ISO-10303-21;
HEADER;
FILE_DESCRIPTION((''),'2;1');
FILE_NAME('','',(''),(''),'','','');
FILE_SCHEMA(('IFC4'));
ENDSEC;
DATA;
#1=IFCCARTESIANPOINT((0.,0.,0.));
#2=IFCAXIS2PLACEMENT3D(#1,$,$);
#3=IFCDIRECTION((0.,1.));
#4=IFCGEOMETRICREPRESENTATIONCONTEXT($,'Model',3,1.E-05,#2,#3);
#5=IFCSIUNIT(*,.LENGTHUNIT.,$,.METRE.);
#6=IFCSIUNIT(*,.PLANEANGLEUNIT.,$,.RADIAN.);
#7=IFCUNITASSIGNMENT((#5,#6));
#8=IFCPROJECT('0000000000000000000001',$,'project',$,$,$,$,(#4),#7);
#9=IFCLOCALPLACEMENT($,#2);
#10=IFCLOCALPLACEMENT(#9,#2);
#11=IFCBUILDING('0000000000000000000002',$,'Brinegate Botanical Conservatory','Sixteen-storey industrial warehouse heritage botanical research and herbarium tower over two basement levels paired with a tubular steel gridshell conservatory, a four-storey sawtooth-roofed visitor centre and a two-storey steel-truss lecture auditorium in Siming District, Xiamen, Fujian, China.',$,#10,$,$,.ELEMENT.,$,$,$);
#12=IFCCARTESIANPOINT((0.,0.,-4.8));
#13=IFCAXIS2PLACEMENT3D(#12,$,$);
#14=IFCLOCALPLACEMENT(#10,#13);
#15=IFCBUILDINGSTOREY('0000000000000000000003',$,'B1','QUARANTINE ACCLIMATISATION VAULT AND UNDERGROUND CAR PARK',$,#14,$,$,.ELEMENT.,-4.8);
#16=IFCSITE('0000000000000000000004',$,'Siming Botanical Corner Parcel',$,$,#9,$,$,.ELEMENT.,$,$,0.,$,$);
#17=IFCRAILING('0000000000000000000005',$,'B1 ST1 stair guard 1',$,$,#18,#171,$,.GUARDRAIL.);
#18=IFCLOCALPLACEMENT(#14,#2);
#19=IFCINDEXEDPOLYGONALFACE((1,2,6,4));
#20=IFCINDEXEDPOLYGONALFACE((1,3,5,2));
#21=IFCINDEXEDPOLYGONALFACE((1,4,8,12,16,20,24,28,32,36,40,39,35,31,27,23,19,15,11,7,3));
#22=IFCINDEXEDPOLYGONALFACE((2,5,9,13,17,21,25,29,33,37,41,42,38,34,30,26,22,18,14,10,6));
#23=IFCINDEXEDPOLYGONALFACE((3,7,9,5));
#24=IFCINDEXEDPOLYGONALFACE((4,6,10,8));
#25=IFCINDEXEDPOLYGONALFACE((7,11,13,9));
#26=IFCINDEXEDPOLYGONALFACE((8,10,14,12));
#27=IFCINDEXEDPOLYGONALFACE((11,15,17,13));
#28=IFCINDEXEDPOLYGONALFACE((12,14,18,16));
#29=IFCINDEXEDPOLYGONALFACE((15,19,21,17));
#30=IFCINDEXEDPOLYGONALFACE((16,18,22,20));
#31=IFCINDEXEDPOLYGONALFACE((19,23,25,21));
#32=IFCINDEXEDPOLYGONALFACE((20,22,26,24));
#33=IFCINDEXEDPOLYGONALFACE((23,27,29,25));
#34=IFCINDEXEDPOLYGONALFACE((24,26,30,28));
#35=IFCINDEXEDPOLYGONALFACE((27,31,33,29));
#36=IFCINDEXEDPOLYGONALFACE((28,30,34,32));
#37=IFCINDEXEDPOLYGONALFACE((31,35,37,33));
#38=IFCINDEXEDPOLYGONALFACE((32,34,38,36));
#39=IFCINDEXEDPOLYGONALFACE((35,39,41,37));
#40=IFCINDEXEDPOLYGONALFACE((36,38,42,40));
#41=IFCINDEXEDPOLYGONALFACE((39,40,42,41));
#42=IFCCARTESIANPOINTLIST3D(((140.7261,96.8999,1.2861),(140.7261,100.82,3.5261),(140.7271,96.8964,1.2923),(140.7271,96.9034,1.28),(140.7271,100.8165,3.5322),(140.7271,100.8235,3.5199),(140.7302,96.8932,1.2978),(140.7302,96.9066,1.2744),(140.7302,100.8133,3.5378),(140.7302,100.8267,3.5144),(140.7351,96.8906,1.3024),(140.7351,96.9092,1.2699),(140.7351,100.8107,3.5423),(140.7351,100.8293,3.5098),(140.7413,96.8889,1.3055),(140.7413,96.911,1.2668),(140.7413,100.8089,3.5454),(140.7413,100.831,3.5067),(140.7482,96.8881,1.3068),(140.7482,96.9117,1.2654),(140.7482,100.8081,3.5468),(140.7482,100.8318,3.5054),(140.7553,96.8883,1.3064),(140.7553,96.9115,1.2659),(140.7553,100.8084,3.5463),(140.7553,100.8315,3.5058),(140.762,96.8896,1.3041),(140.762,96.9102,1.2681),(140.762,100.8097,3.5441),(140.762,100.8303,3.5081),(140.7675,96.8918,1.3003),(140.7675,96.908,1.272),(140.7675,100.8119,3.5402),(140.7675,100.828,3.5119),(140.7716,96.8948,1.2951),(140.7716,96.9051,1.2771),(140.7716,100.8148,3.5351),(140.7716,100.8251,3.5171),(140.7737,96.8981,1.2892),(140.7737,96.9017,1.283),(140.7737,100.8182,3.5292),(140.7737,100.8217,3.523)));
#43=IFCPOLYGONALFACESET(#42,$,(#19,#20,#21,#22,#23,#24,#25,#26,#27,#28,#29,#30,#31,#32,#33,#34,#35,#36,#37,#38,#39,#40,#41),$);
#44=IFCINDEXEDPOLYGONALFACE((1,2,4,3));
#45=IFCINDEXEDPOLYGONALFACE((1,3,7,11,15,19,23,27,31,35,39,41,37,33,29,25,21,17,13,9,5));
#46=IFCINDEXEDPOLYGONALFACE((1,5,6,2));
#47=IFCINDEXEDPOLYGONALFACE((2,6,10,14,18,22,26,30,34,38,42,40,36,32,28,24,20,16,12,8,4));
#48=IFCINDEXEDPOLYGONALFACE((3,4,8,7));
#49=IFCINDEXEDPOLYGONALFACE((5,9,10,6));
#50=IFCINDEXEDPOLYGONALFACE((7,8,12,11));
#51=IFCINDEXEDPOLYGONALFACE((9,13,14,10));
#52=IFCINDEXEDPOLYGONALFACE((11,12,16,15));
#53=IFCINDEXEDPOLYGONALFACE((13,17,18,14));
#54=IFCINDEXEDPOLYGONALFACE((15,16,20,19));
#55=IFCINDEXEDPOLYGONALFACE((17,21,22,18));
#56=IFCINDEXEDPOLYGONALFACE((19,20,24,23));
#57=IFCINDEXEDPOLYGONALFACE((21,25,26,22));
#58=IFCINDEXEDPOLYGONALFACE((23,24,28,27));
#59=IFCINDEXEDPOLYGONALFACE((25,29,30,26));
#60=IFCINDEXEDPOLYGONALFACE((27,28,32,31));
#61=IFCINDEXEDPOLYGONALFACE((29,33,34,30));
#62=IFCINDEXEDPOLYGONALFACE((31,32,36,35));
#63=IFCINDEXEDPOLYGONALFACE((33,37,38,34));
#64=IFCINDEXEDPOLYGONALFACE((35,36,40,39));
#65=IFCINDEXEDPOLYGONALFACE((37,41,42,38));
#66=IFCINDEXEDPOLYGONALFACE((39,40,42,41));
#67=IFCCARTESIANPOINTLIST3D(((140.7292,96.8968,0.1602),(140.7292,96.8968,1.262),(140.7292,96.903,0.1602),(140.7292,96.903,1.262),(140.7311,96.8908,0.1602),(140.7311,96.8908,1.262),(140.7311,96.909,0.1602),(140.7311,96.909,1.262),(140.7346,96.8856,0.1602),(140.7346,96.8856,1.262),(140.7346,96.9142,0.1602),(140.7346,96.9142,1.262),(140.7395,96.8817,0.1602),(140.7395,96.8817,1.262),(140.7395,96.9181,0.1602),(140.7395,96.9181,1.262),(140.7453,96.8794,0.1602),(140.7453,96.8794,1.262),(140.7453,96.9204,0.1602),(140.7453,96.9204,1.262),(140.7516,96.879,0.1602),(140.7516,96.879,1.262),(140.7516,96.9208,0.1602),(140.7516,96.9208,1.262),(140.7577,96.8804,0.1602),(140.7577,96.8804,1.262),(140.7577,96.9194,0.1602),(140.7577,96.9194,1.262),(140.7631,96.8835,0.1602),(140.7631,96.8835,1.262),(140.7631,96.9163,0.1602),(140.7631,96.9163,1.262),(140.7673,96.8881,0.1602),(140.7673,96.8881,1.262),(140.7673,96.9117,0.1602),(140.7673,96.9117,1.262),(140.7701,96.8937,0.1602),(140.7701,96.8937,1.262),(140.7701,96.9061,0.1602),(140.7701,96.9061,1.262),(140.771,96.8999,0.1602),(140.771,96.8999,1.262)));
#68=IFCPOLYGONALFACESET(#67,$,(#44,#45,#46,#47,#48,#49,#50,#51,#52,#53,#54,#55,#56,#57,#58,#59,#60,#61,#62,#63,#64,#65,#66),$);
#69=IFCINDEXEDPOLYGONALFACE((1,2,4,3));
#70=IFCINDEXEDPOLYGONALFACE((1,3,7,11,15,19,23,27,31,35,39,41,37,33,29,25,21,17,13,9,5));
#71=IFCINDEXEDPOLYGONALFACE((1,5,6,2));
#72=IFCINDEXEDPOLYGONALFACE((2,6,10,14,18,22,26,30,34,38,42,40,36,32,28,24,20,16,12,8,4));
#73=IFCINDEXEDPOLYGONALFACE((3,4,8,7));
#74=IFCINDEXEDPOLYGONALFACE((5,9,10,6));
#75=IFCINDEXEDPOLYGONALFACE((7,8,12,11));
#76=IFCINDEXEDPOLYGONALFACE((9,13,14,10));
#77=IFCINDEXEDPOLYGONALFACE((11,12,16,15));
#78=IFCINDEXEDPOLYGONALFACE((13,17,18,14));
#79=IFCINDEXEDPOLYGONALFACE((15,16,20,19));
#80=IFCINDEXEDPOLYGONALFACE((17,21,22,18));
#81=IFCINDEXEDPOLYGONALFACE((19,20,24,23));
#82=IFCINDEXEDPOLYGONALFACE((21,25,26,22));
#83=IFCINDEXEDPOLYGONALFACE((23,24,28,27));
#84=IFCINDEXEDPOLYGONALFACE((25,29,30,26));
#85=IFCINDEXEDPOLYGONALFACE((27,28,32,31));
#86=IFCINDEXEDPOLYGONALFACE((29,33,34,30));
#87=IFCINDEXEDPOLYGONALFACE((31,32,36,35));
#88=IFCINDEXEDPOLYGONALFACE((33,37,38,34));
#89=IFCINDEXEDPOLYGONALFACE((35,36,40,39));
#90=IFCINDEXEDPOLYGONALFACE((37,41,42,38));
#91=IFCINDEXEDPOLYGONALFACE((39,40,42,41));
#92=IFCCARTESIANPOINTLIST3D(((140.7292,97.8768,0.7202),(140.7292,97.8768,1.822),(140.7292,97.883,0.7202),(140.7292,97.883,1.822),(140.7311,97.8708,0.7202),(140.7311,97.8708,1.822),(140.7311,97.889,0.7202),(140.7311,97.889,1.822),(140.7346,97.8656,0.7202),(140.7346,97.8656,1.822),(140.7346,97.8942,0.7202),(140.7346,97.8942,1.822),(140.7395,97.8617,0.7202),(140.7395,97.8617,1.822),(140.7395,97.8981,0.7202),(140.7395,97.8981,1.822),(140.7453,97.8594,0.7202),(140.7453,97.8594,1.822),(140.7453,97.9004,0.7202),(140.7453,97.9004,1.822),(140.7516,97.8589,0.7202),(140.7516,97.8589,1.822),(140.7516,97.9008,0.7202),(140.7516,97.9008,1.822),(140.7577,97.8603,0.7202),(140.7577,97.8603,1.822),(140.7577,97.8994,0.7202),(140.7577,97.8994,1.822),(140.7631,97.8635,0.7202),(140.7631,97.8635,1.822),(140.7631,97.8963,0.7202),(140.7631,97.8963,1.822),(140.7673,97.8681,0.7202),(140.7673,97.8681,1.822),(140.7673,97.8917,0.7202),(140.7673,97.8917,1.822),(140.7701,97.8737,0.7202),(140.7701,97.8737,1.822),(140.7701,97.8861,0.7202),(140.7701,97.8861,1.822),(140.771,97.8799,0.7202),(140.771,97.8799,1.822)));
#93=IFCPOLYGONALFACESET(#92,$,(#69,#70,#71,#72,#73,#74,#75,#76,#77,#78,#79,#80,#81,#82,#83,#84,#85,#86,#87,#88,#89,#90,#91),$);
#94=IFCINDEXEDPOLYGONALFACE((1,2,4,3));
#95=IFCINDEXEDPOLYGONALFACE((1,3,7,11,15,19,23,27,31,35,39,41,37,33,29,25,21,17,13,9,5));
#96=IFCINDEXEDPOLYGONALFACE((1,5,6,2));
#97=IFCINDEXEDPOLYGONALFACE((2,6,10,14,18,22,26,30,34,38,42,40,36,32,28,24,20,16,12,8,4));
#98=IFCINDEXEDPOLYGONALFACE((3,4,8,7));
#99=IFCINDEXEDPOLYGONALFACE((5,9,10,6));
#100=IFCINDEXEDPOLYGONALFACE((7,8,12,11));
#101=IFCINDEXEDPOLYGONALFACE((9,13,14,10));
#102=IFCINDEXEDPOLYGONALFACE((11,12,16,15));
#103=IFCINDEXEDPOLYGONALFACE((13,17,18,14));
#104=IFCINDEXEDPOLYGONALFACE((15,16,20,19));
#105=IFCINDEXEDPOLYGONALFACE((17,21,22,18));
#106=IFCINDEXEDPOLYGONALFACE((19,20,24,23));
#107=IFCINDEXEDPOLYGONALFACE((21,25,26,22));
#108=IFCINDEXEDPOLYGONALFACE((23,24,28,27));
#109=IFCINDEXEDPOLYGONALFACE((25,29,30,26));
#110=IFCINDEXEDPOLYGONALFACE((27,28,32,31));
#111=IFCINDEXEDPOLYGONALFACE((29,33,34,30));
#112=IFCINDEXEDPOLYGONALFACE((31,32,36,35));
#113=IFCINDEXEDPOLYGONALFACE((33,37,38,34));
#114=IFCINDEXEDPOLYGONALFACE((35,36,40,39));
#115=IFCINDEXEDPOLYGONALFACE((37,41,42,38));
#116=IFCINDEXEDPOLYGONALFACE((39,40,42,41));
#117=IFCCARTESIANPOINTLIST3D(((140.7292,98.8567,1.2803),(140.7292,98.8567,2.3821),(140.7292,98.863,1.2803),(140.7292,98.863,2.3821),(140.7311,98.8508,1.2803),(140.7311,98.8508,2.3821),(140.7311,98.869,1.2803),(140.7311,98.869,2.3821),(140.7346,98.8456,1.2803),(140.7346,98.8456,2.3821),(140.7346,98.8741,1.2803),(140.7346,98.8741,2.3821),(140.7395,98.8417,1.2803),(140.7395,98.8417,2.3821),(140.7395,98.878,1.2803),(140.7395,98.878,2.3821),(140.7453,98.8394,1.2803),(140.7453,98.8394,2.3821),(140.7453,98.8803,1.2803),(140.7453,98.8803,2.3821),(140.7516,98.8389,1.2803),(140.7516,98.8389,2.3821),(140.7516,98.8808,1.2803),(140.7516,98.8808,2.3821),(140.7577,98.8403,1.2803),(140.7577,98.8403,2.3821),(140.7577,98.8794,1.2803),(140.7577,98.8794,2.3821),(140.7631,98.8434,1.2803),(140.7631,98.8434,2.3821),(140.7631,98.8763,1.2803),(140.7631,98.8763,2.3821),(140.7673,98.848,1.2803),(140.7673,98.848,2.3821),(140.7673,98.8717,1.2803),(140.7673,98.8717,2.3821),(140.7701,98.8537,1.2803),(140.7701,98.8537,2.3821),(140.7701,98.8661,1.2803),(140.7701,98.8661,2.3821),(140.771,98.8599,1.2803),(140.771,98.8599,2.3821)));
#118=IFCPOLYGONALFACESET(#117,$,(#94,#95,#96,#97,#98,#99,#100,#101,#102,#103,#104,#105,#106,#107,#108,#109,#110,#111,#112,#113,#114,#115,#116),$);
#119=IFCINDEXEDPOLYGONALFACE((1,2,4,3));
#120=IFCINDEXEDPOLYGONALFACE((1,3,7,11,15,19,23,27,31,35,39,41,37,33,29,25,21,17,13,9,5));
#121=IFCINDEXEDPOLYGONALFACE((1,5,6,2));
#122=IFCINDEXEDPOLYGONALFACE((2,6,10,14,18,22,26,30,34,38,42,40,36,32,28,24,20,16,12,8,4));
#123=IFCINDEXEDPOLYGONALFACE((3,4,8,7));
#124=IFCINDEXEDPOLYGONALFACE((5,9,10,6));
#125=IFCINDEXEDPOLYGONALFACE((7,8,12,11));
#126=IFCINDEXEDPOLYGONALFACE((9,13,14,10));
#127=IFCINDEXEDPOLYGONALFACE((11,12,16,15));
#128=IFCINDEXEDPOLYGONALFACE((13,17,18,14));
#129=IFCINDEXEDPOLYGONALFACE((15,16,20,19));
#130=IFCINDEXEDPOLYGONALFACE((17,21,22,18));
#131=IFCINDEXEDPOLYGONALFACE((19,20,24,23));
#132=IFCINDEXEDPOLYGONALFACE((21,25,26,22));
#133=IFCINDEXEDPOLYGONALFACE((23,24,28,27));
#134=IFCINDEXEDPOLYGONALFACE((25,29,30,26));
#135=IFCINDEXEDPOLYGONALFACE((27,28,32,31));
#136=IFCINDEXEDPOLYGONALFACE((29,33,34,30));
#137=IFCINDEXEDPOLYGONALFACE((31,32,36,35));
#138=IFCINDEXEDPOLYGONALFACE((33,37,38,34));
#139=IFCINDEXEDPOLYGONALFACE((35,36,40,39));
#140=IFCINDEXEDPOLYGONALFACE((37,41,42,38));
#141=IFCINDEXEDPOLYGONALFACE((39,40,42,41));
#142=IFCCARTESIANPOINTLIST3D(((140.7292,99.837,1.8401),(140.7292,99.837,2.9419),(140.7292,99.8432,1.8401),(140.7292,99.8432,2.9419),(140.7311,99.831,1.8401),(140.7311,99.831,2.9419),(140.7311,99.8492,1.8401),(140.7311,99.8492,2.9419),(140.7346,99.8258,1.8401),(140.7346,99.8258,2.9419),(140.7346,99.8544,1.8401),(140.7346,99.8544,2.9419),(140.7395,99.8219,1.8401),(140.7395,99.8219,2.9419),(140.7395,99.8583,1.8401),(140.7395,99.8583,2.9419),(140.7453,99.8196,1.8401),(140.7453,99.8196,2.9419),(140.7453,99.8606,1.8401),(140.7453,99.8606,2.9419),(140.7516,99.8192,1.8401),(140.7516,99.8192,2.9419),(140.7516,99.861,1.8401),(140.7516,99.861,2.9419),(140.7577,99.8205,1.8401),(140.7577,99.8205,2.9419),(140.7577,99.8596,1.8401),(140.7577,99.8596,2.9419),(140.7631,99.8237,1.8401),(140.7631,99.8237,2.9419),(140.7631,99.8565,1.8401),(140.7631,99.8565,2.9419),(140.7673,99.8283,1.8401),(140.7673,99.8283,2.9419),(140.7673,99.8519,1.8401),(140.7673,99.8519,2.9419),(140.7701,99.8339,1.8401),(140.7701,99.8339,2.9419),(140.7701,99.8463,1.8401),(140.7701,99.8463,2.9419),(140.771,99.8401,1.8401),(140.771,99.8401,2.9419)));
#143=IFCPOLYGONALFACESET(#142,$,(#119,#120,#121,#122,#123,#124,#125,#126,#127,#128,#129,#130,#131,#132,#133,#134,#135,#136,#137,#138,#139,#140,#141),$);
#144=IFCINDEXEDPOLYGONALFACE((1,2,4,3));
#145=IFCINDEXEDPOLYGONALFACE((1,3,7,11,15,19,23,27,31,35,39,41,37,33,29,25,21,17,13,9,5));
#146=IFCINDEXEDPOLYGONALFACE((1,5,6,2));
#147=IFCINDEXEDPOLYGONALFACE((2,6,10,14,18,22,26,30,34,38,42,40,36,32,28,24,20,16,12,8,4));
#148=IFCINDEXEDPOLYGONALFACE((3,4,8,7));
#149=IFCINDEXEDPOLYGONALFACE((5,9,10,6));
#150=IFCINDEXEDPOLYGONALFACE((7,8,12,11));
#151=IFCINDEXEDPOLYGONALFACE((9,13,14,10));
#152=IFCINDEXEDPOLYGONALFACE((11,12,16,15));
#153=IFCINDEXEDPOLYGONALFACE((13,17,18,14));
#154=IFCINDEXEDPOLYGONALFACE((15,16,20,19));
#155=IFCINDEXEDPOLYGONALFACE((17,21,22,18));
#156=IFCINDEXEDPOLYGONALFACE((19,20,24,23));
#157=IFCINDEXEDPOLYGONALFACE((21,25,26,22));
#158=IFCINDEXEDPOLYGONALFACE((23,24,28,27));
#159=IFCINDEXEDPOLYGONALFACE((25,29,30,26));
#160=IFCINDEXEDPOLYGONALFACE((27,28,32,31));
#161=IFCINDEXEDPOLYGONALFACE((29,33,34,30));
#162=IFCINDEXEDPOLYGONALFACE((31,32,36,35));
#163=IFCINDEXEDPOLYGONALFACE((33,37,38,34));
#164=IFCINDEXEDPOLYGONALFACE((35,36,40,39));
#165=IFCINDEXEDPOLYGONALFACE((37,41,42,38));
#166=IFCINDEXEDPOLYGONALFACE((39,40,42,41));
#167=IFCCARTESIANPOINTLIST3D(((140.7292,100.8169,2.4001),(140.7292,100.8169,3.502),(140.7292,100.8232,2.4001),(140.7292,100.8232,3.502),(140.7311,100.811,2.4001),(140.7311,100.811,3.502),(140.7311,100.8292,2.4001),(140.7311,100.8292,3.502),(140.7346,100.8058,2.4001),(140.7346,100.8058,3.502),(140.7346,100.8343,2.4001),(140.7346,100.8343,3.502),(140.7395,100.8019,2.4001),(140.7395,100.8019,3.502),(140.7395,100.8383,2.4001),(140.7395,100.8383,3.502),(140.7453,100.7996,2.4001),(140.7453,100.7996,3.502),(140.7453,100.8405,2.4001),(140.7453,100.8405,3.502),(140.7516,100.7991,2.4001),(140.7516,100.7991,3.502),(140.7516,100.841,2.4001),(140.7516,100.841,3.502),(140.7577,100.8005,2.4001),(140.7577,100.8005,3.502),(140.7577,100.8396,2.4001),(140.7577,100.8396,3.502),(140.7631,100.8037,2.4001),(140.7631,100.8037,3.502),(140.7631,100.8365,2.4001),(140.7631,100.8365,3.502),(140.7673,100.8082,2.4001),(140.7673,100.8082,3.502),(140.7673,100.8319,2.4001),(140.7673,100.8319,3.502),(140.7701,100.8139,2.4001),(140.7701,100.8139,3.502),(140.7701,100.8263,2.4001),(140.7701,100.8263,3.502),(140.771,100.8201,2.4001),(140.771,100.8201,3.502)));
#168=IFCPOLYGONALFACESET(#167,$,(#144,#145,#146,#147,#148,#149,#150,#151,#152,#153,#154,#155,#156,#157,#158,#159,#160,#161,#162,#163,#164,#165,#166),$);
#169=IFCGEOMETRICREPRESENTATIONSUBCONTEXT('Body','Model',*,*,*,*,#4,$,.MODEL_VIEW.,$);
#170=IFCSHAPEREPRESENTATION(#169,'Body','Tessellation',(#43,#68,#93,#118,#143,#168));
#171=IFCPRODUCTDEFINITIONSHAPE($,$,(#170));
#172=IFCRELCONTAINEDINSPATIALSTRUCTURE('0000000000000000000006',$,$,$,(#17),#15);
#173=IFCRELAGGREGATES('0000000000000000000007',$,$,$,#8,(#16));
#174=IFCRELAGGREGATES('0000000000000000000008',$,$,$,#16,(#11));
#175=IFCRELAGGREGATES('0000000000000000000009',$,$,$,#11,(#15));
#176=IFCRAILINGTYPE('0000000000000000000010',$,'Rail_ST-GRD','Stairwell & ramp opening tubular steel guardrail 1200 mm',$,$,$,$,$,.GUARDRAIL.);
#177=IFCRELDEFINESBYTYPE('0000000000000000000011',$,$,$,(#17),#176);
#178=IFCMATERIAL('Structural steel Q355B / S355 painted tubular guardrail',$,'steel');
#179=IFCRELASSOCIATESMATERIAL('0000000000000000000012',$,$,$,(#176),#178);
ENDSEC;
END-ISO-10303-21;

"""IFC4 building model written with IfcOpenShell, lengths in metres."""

from ifc_helpers import new_model, si_unit, direction, frame, origin, origin_2d, place, context, subcontext, project, spatial, circle, extrude, material, type_object, element, save


model = new_model("IFC4")

# Units and contexts
model_context = context("Model", 3, precision=1e-05, world=origin(), true_north=direction((0.0, 1.0)))
body_context = subcontext(model_context, "Body", "Model", "MODEL_VIEW")
ifc_project = project(units=[si_unit("LENGTHUNIT", "METRE"), si_unit("PLANEANGLEUNIT", "RADIAN")], contexts=[model_context])

# Site, building, storey
site_placement = place(None, origin())
site = spatial("IfcSite", under=ifc_project, at=site_placement, Name="Siming Botanical Corner Parcel", CompositionType="ELEMENT", RefElevation=0.0)
building_placement = place(site_placement, origin())
building = spatial("IfcBuilding", under=site, at=building_placement, Name="Brinegate Botanical Conservatory", Description="Sixteen-storey industrial warehouse heritage botanical research and herbarium tower over two basement levels paired with a tubular steel gridshell conservatory, a four-storey sawtooth-roofed visitor centre and a two-storey steel-truss lecture auditorium in Siming District, Xiamen, Fujian, China.", CompositionType="ELEMENT")
storey_placement = place(building_placement, frame((0.0, 0.0, -4.8)))
storey = spatial("IfcBuildingStorey", under=building, at=storey_placement, Name="B1", Description="QUARANTINE ACCLIMATISATION VAULT AND UNDERGROUND CAR PARK", CompositionType="ELEMENT", Elevation=-4.8)

# Railing
ifc_material_1 = material(Name="Structural steel Q355B / S355 painted tubular guardrail", Category="steel")
railing_type_1 = type_object("IfcRailingType", Name="Rail_ST-GRD", Description="Stairwell & ramp opening tubular steel guardrail 1200 mm", PredefinedType="GUARDRAIL", material=ifc_material_1)
railing_1_placement = place(storey_placement, frame((140.75, 96.8999, 0.1602)))
element("IfcRailing", 1, at=railing_1_placement, inside=storey, type_object=railing_type_1, Name="B1 ST1 stair guard 1", PredefinedType="GUARDRAIL", context=body_context, shape_type="SweptSolid", body=[
    extrude(circle(Radius=0.0239, at=origin_2d()), frame((0.0, 0.0, 1.126), z_axis=(0.0, 0.868253, 0.496121), x_axis=(-1.0, 0.0, 0.0)), (0.0, 0.0, 1.0), 4.5149),
    extrude(circle(Radius=0.021, at=origin_2d()), origin(), (0.0, 0.0, 1.0), 1.1018),
    extrude(circle(Radius=0.021, at=origin_2d()), frame((0.0, 0.98, 0.5601)), (0.0, 0.0, 1.0), 1.1018),
    extrude(circle(Radius=0.021, at=origin_2d()), frame((0.0, 1.96, 1.1201)), (0.0, 0.0, 1.0), 1.1018),
    extrude(circle(Radius=0.021, at=origin_2d()), frame((0.0, 2.9402, 1.6799)), (0.0, 0.0, 1.0), 1.1018),
    extrude(circle(Radius=0.021, at=origin_2d()), frame((0.0, 3.9202, 2.24)), (0.0, 0.0, 1.0), 1.1018),
])

save(model, "model.ifc")
